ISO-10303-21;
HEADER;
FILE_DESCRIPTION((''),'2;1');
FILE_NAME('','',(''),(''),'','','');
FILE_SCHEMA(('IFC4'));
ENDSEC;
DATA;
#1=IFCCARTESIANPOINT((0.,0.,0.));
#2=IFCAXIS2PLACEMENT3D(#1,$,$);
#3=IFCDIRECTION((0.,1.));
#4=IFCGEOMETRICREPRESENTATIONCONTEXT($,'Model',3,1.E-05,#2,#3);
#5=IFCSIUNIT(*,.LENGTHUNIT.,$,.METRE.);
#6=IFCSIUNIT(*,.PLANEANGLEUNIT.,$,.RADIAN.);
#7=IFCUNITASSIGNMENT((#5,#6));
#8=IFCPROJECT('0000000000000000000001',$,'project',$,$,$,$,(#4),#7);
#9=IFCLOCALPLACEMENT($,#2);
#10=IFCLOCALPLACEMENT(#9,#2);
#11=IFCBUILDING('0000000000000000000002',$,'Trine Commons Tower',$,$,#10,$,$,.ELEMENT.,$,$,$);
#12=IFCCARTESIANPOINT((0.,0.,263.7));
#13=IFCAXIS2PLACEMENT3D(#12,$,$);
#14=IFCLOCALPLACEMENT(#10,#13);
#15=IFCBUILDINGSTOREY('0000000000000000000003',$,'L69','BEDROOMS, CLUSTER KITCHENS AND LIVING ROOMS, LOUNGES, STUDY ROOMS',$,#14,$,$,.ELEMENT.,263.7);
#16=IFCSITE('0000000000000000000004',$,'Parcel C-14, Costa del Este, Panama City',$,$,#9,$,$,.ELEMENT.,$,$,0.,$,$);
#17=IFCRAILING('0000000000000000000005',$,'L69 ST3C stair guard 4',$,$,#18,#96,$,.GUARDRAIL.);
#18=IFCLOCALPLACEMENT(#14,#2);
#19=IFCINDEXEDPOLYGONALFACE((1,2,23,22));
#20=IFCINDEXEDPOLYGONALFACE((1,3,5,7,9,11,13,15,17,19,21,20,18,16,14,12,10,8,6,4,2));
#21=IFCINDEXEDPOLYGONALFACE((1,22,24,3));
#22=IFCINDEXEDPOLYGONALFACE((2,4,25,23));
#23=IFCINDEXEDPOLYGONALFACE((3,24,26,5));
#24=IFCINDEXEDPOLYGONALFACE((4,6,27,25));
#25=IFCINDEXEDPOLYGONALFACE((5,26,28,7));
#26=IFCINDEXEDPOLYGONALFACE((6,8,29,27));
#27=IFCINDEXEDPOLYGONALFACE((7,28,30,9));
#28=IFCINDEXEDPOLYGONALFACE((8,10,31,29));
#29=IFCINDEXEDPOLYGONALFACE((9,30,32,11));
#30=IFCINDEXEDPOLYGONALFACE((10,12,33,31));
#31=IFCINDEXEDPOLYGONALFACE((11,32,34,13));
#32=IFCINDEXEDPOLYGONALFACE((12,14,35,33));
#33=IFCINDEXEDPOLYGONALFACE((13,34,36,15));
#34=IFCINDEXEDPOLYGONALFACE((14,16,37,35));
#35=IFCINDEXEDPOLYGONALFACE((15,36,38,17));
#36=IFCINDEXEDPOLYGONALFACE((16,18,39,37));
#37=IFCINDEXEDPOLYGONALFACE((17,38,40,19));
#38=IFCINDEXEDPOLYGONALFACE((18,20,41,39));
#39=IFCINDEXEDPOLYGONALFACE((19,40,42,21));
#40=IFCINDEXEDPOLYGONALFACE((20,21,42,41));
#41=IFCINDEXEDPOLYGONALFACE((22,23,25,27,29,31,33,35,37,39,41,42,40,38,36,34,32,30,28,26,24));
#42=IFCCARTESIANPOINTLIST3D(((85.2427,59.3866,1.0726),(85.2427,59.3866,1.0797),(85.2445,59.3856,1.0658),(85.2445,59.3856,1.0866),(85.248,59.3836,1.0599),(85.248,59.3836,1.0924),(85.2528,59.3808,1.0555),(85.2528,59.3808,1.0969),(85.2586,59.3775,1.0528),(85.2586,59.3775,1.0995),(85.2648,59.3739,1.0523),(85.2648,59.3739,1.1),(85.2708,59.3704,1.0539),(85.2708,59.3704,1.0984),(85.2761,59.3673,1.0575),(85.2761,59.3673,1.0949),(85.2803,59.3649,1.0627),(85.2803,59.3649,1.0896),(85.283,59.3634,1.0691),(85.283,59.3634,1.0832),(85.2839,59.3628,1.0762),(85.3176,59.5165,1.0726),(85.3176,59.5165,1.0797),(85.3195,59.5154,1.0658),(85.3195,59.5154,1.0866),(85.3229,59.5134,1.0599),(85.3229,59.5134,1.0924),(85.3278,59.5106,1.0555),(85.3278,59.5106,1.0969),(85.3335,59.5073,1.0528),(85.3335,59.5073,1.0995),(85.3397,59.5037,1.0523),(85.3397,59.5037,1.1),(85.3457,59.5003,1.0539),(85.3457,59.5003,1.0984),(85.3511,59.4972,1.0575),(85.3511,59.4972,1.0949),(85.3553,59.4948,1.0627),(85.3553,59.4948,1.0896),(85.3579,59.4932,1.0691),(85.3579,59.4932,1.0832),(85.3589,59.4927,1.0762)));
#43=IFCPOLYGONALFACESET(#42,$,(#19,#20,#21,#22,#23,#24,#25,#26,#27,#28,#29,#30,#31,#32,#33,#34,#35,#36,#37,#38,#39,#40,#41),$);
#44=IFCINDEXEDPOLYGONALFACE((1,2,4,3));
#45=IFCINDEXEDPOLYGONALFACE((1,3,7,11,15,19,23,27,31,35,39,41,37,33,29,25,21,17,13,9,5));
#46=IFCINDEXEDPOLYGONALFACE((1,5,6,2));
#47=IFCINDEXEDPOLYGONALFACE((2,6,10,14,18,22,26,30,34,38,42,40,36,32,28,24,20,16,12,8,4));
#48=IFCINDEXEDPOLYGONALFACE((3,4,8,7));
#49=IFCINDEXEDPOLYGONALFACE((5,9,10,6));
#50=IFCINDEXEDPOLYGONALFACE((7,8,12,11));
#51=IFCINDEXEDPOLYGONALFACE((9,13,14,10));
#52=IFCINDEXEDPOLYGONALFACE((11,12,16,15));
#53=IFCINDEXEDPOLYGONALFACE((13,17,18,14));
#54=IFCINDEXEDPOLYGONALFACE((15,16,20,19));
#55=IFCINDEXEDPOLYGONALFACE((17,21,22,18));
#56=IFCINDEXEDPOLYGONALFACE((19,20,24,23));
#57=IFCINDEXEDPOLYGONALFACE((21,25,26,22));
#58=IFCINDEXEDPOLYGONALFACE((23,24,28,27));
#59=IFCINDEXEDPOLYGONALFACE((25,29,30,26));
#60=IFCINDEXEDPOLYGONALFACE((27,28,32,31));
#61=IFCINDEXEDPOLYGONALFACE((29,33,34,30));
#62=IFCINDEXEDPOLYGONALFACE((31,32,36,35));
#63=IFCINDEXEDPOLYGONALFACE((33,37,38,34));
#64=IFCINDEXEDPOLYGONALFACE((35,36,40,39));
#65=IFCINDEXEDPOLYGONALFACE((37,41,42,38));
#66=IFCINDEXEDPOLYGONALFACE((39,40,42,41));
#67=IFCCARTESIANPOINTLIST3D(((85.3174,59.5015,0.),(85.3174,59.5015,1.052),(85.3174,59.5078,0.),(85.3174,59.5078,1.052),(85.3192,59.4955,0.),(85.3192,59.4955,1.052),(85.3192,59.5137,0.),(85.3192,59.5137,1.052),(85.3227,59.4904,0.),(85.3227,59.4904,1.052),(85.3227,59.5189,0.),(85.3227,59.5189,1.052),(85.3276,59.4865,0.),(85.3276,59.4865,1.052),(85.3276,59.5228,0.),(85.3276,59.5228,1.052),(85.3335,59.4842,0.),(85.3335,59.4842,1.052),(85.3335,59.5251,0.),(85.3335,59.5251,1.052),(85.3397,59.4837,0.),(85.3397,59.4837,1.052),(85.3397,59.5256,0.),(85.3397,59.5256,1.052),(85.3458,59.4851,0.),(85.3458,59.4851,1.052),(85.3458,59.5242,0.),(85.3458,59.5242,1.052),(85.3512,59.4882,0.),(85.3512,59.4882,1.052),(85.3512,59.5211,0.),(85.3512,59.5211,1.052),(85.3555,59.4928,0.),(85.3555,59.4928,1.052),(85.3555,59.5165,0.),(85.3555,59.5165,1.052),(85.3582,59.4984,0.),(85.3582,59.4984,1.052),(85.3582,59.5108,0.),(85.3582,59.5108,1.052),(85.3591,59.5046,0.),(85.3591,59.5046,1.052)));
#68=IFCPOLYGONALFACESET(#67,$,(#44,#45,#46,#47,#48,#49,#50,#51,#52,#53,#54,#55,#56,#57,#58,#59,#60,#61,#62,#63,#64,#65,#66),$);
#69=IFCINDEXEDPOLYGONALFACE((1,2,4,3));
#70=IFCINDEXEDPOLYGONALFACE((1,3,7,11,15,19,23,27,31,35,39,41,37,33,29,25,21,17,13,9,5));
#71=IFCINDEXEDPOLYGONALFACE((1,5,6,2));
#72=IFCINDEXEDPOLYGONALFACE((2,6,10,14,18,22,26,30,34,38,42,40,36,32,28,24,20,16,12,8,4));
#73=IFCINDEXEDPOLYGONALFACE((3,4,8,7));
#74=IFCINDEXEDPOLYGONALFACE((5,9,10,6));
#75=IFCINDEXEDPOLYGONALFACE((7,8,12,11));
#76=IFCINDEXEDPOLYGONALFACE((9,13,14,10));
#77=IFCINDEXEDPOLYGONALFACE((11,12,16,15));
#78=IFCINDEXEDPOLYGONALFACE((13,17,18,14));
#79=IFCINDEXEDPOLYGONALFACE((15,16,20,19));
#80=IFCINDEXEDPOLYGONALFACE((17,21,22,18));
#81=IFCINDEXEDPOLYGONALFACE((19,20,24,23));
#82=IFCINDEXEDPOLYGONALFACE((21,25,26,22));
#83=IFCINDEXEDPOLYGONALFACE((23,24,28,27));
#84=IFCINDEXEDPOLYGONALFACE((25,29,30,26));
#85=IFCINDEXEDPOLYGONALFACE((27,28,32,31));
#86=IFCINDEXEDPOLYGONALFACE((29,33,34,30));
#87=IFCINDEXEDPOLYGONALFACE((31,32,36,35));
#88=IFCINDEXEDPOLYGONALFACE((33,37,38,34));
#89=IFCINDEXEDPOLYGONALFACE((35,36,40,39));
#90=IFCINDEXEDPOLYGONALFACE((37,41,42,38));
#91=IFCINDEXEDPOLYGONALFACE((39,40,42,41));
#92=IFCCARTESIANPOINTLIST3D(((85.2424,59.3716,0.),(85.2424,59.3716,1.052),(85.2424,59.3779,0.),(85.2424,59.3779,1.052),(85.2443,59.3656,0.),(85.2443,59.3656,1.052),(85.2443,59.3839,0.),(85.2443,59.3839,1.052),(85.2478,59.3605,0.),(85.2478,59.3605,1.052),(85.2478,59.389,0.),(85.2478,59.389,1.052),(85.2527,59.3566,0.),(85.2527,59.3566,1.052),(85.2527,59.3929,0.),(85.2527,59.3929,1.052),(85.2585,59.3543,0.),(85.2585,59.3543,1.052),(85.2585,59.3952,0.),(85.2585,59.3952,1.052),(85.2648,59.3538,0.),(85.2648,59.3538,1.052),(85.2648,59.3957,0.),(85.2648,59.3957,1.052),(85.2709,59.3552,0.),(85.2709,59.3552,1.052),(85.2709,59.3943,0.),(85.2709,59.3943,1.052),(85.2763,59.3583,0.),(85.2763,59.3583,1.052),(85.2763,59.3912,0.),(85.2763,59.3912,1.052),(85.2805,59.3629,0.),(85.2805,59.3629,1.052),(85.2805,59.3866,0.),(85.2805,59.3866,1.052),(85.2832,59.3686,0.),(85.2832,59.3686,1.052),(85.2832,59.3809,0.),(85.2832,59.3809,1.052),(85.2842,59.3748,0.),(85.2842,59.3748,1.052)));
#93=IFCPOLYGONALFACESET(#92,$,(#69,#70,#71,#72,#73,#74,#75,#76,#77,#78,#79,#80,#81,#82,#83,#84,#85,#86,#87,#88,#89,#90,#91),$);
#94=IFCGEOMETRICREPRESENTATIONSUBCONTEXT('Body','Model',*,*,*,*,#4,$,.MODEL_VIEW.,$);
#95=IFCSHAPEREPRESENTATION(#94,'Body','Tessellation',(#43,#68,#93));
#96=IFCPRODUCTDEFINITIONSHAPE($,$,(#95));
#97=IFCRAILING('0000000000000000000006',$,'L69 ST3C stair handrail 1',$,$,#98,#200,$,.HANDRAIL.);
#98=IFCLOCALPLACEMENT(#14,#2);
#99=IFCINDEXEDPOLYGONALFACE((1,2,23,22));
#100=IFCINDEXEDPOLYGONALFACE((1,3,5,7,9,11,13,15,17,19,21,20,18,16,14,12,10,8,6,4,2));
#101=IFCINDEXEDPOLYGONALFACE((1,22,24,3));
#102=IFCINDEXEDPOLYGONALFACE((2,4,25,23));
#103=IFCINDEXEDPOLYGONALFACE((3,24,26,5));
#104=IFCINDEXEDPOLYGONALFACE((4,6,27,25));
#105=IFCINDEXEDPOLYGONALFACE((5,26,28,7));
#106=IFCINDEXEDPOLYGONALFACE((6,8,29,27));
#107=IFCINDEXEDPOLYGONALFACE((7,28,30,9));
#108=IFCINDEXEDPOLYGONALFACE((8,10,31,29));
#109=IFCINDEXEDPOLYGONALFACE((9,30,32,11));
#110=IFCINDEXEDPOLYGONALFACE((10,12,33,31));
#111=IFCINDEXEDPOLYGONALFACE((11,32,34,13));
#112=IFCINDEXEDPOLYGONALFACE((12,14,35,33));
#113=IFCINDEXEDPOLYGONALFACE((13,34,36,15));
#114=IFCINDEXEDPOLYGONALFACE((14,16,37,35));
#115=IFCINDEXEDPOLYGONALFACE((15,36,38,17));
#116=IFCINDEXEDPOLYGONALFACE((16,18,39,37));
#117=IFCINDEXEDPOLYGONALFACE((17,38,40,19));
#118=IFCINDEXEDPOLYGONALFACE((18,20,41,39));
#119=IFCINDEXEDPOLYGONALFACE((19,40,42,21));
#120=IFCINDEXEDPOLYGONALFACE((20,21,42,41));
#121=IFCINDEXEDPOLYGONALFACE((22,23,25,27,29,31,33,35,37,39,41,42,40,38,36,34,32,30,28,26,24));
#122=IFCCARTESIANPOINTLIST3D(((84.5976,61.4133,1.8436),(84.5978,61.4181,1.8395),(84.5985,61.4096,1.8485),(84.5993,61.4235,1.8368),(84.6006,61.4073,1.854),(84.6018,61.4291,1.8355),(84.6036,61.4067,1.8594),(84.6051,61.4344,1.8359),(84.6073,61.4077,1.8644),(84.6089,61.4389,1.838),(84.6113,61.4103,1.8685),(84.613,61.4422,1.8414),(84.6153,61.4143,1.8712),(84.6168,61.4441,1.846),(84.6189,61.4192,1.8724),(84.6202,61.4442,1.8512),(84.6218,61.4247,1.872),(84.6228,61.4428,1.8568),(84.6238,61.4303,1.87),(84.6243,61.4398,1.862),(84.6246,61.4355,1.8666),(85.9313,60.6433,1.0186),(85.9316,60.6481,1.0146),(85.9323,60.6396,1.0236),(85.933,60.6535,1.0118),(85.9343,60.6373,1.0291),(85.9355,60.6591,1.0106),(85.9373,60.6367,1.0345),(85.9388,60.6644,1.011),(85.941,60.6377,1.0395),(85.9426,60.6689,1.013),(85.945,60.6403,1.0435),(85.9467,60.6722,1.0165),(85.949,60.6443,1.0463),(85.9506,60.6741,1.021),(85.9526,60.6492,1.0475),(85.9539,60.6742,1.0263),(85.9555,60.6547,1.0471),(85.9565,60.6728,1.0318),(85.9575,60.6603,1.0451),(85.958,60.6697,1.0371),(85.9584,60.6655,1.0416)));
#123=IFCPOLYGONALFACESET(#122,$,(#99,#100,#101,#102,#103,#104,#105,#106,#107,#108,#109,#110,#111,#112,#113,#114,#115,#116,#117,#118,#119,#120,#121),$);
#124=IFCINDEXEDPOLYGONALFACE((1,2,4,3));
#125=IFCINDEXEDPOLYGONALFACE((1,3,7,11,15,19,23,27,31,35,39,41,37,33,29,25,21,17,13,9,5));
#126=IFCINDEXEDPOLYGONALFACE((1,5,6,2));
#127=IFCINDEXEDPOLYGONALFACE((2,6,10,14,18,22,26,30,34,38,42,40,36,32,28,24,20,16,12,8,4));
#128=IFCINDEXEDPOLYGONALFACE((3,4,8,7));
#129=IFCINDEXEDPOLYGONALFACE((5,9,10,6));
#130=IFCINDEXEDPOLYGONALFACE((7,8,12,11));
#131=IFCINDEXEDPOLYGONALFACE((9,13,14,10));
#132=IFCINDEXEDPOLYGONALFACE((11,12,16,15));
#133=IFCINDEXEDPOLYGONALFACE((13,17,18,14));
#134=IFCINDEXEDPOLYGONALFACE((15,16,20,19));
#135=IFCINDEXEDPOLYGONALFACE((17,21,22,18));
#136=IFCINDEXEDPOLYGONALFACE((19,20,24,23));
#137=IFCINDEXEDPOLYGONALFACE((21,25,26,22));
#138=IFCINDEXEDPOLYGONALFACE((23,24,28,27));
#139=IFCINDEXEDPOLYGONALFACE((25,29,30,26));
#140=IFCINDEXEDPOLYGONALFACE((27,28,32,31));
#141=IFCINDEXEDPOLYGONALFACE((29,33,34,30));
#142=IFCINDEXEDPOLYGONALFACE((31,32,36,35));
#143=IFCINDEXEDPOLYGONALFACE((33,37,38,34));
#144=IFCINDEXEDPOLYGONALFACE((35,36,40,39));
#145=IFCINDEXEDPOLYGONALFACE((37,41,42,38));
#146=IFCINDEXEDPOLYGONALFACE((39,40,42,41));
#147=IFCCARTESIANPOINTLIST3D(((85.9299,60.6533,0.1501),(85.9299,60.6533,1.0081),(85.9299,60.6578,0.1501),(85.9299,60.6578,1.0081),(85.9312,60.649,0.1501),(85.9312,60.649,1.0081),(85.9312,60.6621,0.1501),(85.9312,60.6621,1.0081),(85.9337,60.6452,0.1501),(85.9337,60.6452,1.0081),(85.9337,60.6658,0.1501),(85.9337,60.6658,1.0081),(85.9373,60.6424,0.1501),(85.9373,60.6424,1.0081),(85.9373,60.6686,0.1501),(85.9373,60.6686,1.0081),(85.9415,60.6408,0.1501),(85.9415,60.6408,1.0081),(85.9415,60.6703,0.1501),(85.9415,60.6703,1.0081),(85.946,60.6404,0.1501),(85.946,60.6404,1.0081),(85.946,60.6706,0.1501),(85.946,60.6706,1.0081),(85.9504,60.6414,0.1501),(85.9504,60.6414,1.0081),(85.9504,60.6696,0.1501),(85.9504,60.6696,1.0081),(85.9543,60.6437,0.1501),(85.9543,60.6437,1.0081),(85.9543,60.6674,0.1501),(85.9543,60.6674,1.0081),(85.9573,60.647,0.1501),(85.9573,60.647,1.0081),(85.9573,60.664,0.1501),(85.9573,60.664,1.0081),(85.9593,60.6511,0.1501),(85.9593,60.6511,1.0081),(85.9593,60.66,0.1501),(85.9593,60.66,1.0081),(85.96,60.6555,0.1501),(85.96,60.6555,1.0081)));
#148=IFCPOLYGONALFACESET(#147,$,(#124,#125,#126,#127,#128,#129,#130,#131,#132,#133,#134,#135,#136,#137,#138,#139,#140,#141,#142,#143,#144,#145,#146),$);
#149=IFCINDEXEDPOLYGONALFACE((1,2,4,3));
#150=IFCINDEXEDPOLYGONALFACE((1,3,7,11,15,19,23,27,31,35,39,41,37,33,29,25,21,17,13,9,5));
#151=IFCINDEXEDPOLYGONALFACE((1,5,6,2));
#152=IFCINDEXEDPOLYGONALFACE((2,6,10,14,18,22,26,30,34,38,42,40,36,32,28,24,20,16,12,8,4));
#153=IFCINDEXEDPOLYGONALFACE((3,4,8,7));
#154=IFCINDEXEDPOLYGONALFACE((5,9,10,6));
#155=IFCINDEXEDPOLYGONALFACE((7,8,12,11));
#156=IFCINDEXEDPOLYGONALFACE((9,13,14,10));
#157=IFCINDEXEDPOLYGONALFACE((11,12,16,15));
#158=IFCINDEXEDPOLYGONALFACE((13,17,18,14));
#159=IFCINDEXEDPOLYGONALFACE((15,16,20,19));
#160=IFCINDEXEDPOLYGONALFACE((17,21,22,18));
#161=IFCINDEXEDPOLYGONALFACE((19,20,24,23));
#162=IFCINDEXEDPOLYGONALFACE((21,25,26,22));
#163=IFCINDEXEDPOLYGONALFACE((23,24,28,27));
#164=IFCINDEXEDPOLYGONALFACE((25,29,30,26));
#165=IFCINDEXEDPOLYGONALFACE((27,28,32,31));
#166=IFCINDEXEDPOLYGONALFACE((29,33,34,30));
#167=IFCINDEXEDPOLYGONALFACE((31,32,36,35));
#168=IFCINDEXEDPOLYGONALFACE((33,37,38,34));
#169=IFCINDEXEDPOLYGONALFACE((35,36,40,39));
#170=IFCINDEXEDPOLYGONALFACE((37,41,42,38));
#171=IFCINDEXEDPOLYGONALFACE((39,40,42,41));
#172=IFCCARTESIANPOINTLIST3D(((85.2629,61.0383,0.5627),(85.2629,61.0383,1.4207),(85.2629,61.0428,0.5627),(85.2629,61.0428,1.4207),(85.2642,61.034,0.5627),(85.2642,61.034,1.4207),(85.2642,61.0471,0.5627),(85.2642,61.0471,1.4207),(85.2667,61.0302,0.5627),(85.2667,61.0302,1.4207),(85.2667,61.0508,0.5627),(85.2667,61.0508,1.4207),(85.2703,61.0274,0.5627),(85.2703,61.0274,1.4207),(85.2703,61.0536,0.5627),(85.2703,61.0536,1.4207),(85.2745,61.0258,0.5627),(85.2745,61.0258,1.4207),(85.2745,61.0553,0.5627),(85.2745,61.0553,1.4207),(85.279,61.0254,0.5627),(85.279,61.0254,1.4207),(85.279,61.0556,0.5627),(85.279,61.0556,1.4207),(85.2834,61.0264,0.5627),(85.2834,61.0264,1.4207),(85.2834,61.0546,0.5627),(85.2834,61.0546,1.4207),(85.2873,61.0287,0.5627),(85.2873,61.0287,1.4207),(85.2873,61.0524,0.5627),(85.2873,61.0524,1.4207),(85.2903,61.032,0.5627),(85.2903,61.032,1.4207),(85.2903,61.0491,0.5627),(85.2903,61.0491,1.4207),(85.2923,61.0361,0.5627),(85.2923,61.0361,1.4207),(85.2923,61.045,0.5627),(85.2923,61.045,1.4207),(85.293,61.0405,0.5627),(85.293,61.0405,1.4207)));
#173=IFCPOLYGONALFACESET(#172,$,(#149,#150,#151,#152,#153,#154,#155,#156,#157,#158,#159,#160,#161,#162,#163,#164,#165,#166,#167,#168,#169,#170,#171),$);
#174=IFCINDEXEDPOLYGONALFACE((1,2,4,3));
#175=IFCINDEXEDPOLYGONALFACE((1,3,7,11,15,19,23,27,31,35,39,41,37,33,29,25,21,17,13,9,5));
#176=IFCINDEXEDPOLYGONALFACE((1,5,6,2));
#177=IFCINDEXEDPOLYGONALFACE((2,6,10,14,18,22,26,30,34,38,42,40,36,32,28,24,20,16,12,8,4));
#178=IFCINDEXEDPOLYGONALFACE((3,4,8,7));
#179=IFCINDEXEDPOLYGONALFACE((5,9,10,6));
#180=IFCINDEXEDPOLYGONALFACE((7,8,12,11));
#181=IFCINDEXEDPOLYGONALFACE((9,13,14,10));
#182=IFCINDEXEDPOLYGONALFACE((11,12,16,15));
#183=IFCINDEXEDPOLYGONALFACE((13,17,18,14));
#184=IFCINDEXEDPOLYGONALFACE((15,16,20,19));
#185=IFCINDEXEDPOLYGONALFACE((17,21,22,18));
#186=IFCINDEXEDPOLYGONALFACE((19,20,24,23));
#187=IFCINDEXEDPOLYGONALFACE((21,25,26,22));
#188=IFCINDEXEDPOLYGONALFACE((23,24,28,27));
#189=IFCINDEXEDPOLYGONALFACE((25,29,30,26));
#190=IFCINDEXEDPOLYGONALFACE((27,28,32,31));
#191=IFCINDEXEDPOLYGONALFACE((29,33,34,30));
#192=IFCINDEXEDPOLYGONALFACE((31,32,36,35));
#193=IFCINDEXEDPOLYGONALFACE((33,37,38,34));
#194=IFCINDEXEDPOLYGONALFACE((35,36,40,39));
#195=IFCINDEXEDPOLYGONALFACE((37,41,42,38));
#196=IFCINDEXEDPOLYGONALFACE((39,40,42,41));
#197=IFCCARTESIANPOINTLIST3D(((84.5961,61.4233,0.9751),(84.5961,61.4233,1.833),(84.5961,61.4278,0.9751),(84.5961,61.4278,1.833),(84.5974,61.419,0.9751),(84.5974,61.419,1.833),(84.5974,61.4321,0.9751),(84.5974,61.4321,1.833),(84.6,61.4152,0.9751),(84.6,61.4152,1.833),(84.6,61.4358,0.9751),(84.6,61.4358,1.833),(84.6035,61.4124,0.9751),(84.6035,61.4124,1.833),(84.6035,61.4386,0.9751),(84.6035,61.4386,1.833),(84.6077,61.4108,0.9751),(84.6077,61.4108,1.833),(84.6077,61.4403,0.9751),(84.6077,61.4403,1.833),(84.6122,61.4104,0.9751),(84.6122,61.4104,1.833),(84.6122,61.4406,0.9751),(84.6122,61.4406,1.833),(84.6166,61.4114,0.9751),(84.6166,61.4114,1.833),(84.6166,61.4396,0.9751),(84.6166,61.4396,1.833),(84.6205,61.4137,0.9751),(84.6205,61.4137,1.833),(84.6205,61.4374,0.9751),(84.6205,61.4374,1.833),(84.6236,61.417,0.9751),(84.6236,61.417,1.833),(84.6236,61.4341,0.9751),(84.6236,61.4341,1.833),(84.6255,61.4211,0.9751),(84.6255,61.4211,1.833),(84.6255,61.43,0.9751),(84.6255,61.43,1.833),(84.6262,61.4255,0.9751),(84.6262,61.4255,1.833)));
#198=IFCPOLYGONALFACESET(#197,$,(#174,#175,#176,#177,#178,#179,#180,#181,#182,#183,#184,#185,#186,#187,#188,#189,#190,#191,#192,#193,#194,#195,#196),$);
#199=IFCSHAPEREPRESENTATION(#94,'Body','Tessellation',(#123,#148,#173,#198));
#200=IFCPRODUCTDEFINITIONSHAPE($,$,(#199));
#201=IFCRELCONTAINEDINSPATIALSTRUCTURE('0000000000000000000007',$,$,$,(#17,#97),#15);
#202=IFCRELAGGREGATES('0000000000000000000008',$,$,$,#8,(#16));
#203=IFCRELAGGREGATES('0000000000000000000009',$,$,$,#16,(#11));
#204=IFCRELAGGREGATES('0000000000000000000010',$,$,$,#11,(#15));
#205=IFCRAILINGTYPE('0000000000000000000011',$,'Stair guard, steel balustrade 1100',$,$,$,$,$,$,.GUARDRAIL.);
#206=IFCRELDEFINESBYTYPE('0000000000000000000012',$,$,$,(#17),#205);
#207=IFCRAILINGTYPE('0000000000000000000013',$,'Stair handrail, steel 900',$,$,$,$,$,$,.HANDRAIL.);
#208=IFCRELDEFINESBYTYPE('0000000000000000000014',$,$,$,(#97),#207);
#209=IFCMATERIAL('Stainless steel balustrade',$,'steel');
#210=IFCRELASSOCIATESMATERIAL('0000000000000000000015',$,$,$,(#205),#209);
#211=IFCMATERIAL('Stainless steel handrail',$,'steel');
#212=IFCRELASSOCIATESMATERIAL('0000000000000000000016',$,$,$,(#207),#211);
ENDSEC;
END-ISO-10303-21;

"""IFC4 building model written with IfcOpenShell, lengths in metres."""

from ifc_helpers import new_model, si_unit, direction, frame, origin, origin_2d, place, context, subcontext, project, spatial, circle, extrude, material, type_object, element, save


model = new_model("IFC4")

# Units and contexts
model_context = context("Model", 3, precision=1e-05, world=origin(), true_north=direction((0.0, 1.0)))
body_context = subcontext(model_context, "Body", "Model", "MODEL_VIEW")
ifc_project = project(units=[si_unit("LENGTHUNIT", "METRE"), si_unit("PLANEANGLEUNIT", "RADIAN")], contexts=[model_context])

# Site, building, storey
site_placement = place(None, origin())
site = spatial("IfcSite", under=ifc_project, at=site_placement, Name="Parcel C-14, Costa del Este, Panama City", CompositionType="ELEMENT", RefElevation=0.0)
building_placement = place(site_placement, origin())
building = spatial("IfcBuilding", under=site, at=building_placement, Name="Trine Commons Tower", CompositionType="ELEMENT")
storey_placement = place(building_placement, frame((0.0, 0.0, 263.7)))
storey = spatial("IfcBuildingStorey", under=building, at=storey_placement, Name="L69", Description="BEDROOMS, CLUSTER KITCHENS AND LIVING ROOMS, LOUNGES, STUDY ROOMS", CompositionType="ELEMENT", Elevation=263.7)

# Railings
ifc_material_1 = material(Name="Stainless steel balustrade", Category="steel")
railing_type_1 = type_object("IfcRailingType", Name="Stair guard, steel balustrade 1100", PredefinedType="GUARDRAIL", material=ifc_material_1)
railing_1_placement = place(storey_placement, frame((85.3381, 59.5046, 0.0)))
element("IfcRailing", 1, at=railing_1_placement, inside=storey, type_object=railing_type_1, Name="L69 ST3C stair guard 4", PredefinedType="GUARDRAIL", context=body_context, shape_type="SweptSolid", body=[
    extrude(circle(Radius=0.0239, at=origin_2d()), frame((0.0, 0.0, 1.0762), z_axis=(-0.499816, -0.866131, 0.0), x_axis=(0.866131, -0.499816, 0.0)), (0.0, 0.0, 1.0), 0.1499),
    extrude(circle(Radius=0.021, at=origin_2d()), origin(), (0.0, 0.0, 1.0), 1.052),
    extrude(circle(Radius=0.021, at=origin_2d()), frame((-0.075, -0.1299, 0.0)), (0.0, 0.0, 1.0), 1.052),
])
ifc_material_2 = material(Name="Stainless steel handrail", Category="steel")
railing_type_2 = type_object("IfcRailingType", Name="Stair handrail, steel 900", PredefinedType="HANDRAIL", material=ifc_material_2)
for number, where, name in (
    (2, (85.9448, 60.6555, 0.1501), "L69 ST3C stair handrail 1"),
):
    element("IfcRailing", number, at=place(storey_placement, frame(where)), inside=storey, type_object=railing_type_2, Name=name, PredefinedType="HANDRAIL", context=body_context, shape_type="SweptSolid", body=[
        extrude(circle(Radius=0.021, at=origin_2d()), frame((0.0, 0.0, 0.8789), z_axis=(-0.763405, 0.440743, 0.472185), x_axis=(-0.499992, -0.86603, 0.0)), (0.0, 0.0, 1.0), 1.7471),
        extrude(circle(Radius=0.0151, at=origin_2d()), origin(), (0.0, 0.0, 1.0), 0.8579),
        extrude(circle(Radius=0.0151, at=origin_2d()), frame((-0.667, 0.385, 0.4126)), (0.0, 0.0, 1.0), 0.8579),
        extrude(circle(Radius=0.0151, at=origin_2d()), frame((-1.3337, 0.77, 0.825)), (0.0, 0.0, 1.0), 0.8579),
    ])

save(model, "model.ifc")
